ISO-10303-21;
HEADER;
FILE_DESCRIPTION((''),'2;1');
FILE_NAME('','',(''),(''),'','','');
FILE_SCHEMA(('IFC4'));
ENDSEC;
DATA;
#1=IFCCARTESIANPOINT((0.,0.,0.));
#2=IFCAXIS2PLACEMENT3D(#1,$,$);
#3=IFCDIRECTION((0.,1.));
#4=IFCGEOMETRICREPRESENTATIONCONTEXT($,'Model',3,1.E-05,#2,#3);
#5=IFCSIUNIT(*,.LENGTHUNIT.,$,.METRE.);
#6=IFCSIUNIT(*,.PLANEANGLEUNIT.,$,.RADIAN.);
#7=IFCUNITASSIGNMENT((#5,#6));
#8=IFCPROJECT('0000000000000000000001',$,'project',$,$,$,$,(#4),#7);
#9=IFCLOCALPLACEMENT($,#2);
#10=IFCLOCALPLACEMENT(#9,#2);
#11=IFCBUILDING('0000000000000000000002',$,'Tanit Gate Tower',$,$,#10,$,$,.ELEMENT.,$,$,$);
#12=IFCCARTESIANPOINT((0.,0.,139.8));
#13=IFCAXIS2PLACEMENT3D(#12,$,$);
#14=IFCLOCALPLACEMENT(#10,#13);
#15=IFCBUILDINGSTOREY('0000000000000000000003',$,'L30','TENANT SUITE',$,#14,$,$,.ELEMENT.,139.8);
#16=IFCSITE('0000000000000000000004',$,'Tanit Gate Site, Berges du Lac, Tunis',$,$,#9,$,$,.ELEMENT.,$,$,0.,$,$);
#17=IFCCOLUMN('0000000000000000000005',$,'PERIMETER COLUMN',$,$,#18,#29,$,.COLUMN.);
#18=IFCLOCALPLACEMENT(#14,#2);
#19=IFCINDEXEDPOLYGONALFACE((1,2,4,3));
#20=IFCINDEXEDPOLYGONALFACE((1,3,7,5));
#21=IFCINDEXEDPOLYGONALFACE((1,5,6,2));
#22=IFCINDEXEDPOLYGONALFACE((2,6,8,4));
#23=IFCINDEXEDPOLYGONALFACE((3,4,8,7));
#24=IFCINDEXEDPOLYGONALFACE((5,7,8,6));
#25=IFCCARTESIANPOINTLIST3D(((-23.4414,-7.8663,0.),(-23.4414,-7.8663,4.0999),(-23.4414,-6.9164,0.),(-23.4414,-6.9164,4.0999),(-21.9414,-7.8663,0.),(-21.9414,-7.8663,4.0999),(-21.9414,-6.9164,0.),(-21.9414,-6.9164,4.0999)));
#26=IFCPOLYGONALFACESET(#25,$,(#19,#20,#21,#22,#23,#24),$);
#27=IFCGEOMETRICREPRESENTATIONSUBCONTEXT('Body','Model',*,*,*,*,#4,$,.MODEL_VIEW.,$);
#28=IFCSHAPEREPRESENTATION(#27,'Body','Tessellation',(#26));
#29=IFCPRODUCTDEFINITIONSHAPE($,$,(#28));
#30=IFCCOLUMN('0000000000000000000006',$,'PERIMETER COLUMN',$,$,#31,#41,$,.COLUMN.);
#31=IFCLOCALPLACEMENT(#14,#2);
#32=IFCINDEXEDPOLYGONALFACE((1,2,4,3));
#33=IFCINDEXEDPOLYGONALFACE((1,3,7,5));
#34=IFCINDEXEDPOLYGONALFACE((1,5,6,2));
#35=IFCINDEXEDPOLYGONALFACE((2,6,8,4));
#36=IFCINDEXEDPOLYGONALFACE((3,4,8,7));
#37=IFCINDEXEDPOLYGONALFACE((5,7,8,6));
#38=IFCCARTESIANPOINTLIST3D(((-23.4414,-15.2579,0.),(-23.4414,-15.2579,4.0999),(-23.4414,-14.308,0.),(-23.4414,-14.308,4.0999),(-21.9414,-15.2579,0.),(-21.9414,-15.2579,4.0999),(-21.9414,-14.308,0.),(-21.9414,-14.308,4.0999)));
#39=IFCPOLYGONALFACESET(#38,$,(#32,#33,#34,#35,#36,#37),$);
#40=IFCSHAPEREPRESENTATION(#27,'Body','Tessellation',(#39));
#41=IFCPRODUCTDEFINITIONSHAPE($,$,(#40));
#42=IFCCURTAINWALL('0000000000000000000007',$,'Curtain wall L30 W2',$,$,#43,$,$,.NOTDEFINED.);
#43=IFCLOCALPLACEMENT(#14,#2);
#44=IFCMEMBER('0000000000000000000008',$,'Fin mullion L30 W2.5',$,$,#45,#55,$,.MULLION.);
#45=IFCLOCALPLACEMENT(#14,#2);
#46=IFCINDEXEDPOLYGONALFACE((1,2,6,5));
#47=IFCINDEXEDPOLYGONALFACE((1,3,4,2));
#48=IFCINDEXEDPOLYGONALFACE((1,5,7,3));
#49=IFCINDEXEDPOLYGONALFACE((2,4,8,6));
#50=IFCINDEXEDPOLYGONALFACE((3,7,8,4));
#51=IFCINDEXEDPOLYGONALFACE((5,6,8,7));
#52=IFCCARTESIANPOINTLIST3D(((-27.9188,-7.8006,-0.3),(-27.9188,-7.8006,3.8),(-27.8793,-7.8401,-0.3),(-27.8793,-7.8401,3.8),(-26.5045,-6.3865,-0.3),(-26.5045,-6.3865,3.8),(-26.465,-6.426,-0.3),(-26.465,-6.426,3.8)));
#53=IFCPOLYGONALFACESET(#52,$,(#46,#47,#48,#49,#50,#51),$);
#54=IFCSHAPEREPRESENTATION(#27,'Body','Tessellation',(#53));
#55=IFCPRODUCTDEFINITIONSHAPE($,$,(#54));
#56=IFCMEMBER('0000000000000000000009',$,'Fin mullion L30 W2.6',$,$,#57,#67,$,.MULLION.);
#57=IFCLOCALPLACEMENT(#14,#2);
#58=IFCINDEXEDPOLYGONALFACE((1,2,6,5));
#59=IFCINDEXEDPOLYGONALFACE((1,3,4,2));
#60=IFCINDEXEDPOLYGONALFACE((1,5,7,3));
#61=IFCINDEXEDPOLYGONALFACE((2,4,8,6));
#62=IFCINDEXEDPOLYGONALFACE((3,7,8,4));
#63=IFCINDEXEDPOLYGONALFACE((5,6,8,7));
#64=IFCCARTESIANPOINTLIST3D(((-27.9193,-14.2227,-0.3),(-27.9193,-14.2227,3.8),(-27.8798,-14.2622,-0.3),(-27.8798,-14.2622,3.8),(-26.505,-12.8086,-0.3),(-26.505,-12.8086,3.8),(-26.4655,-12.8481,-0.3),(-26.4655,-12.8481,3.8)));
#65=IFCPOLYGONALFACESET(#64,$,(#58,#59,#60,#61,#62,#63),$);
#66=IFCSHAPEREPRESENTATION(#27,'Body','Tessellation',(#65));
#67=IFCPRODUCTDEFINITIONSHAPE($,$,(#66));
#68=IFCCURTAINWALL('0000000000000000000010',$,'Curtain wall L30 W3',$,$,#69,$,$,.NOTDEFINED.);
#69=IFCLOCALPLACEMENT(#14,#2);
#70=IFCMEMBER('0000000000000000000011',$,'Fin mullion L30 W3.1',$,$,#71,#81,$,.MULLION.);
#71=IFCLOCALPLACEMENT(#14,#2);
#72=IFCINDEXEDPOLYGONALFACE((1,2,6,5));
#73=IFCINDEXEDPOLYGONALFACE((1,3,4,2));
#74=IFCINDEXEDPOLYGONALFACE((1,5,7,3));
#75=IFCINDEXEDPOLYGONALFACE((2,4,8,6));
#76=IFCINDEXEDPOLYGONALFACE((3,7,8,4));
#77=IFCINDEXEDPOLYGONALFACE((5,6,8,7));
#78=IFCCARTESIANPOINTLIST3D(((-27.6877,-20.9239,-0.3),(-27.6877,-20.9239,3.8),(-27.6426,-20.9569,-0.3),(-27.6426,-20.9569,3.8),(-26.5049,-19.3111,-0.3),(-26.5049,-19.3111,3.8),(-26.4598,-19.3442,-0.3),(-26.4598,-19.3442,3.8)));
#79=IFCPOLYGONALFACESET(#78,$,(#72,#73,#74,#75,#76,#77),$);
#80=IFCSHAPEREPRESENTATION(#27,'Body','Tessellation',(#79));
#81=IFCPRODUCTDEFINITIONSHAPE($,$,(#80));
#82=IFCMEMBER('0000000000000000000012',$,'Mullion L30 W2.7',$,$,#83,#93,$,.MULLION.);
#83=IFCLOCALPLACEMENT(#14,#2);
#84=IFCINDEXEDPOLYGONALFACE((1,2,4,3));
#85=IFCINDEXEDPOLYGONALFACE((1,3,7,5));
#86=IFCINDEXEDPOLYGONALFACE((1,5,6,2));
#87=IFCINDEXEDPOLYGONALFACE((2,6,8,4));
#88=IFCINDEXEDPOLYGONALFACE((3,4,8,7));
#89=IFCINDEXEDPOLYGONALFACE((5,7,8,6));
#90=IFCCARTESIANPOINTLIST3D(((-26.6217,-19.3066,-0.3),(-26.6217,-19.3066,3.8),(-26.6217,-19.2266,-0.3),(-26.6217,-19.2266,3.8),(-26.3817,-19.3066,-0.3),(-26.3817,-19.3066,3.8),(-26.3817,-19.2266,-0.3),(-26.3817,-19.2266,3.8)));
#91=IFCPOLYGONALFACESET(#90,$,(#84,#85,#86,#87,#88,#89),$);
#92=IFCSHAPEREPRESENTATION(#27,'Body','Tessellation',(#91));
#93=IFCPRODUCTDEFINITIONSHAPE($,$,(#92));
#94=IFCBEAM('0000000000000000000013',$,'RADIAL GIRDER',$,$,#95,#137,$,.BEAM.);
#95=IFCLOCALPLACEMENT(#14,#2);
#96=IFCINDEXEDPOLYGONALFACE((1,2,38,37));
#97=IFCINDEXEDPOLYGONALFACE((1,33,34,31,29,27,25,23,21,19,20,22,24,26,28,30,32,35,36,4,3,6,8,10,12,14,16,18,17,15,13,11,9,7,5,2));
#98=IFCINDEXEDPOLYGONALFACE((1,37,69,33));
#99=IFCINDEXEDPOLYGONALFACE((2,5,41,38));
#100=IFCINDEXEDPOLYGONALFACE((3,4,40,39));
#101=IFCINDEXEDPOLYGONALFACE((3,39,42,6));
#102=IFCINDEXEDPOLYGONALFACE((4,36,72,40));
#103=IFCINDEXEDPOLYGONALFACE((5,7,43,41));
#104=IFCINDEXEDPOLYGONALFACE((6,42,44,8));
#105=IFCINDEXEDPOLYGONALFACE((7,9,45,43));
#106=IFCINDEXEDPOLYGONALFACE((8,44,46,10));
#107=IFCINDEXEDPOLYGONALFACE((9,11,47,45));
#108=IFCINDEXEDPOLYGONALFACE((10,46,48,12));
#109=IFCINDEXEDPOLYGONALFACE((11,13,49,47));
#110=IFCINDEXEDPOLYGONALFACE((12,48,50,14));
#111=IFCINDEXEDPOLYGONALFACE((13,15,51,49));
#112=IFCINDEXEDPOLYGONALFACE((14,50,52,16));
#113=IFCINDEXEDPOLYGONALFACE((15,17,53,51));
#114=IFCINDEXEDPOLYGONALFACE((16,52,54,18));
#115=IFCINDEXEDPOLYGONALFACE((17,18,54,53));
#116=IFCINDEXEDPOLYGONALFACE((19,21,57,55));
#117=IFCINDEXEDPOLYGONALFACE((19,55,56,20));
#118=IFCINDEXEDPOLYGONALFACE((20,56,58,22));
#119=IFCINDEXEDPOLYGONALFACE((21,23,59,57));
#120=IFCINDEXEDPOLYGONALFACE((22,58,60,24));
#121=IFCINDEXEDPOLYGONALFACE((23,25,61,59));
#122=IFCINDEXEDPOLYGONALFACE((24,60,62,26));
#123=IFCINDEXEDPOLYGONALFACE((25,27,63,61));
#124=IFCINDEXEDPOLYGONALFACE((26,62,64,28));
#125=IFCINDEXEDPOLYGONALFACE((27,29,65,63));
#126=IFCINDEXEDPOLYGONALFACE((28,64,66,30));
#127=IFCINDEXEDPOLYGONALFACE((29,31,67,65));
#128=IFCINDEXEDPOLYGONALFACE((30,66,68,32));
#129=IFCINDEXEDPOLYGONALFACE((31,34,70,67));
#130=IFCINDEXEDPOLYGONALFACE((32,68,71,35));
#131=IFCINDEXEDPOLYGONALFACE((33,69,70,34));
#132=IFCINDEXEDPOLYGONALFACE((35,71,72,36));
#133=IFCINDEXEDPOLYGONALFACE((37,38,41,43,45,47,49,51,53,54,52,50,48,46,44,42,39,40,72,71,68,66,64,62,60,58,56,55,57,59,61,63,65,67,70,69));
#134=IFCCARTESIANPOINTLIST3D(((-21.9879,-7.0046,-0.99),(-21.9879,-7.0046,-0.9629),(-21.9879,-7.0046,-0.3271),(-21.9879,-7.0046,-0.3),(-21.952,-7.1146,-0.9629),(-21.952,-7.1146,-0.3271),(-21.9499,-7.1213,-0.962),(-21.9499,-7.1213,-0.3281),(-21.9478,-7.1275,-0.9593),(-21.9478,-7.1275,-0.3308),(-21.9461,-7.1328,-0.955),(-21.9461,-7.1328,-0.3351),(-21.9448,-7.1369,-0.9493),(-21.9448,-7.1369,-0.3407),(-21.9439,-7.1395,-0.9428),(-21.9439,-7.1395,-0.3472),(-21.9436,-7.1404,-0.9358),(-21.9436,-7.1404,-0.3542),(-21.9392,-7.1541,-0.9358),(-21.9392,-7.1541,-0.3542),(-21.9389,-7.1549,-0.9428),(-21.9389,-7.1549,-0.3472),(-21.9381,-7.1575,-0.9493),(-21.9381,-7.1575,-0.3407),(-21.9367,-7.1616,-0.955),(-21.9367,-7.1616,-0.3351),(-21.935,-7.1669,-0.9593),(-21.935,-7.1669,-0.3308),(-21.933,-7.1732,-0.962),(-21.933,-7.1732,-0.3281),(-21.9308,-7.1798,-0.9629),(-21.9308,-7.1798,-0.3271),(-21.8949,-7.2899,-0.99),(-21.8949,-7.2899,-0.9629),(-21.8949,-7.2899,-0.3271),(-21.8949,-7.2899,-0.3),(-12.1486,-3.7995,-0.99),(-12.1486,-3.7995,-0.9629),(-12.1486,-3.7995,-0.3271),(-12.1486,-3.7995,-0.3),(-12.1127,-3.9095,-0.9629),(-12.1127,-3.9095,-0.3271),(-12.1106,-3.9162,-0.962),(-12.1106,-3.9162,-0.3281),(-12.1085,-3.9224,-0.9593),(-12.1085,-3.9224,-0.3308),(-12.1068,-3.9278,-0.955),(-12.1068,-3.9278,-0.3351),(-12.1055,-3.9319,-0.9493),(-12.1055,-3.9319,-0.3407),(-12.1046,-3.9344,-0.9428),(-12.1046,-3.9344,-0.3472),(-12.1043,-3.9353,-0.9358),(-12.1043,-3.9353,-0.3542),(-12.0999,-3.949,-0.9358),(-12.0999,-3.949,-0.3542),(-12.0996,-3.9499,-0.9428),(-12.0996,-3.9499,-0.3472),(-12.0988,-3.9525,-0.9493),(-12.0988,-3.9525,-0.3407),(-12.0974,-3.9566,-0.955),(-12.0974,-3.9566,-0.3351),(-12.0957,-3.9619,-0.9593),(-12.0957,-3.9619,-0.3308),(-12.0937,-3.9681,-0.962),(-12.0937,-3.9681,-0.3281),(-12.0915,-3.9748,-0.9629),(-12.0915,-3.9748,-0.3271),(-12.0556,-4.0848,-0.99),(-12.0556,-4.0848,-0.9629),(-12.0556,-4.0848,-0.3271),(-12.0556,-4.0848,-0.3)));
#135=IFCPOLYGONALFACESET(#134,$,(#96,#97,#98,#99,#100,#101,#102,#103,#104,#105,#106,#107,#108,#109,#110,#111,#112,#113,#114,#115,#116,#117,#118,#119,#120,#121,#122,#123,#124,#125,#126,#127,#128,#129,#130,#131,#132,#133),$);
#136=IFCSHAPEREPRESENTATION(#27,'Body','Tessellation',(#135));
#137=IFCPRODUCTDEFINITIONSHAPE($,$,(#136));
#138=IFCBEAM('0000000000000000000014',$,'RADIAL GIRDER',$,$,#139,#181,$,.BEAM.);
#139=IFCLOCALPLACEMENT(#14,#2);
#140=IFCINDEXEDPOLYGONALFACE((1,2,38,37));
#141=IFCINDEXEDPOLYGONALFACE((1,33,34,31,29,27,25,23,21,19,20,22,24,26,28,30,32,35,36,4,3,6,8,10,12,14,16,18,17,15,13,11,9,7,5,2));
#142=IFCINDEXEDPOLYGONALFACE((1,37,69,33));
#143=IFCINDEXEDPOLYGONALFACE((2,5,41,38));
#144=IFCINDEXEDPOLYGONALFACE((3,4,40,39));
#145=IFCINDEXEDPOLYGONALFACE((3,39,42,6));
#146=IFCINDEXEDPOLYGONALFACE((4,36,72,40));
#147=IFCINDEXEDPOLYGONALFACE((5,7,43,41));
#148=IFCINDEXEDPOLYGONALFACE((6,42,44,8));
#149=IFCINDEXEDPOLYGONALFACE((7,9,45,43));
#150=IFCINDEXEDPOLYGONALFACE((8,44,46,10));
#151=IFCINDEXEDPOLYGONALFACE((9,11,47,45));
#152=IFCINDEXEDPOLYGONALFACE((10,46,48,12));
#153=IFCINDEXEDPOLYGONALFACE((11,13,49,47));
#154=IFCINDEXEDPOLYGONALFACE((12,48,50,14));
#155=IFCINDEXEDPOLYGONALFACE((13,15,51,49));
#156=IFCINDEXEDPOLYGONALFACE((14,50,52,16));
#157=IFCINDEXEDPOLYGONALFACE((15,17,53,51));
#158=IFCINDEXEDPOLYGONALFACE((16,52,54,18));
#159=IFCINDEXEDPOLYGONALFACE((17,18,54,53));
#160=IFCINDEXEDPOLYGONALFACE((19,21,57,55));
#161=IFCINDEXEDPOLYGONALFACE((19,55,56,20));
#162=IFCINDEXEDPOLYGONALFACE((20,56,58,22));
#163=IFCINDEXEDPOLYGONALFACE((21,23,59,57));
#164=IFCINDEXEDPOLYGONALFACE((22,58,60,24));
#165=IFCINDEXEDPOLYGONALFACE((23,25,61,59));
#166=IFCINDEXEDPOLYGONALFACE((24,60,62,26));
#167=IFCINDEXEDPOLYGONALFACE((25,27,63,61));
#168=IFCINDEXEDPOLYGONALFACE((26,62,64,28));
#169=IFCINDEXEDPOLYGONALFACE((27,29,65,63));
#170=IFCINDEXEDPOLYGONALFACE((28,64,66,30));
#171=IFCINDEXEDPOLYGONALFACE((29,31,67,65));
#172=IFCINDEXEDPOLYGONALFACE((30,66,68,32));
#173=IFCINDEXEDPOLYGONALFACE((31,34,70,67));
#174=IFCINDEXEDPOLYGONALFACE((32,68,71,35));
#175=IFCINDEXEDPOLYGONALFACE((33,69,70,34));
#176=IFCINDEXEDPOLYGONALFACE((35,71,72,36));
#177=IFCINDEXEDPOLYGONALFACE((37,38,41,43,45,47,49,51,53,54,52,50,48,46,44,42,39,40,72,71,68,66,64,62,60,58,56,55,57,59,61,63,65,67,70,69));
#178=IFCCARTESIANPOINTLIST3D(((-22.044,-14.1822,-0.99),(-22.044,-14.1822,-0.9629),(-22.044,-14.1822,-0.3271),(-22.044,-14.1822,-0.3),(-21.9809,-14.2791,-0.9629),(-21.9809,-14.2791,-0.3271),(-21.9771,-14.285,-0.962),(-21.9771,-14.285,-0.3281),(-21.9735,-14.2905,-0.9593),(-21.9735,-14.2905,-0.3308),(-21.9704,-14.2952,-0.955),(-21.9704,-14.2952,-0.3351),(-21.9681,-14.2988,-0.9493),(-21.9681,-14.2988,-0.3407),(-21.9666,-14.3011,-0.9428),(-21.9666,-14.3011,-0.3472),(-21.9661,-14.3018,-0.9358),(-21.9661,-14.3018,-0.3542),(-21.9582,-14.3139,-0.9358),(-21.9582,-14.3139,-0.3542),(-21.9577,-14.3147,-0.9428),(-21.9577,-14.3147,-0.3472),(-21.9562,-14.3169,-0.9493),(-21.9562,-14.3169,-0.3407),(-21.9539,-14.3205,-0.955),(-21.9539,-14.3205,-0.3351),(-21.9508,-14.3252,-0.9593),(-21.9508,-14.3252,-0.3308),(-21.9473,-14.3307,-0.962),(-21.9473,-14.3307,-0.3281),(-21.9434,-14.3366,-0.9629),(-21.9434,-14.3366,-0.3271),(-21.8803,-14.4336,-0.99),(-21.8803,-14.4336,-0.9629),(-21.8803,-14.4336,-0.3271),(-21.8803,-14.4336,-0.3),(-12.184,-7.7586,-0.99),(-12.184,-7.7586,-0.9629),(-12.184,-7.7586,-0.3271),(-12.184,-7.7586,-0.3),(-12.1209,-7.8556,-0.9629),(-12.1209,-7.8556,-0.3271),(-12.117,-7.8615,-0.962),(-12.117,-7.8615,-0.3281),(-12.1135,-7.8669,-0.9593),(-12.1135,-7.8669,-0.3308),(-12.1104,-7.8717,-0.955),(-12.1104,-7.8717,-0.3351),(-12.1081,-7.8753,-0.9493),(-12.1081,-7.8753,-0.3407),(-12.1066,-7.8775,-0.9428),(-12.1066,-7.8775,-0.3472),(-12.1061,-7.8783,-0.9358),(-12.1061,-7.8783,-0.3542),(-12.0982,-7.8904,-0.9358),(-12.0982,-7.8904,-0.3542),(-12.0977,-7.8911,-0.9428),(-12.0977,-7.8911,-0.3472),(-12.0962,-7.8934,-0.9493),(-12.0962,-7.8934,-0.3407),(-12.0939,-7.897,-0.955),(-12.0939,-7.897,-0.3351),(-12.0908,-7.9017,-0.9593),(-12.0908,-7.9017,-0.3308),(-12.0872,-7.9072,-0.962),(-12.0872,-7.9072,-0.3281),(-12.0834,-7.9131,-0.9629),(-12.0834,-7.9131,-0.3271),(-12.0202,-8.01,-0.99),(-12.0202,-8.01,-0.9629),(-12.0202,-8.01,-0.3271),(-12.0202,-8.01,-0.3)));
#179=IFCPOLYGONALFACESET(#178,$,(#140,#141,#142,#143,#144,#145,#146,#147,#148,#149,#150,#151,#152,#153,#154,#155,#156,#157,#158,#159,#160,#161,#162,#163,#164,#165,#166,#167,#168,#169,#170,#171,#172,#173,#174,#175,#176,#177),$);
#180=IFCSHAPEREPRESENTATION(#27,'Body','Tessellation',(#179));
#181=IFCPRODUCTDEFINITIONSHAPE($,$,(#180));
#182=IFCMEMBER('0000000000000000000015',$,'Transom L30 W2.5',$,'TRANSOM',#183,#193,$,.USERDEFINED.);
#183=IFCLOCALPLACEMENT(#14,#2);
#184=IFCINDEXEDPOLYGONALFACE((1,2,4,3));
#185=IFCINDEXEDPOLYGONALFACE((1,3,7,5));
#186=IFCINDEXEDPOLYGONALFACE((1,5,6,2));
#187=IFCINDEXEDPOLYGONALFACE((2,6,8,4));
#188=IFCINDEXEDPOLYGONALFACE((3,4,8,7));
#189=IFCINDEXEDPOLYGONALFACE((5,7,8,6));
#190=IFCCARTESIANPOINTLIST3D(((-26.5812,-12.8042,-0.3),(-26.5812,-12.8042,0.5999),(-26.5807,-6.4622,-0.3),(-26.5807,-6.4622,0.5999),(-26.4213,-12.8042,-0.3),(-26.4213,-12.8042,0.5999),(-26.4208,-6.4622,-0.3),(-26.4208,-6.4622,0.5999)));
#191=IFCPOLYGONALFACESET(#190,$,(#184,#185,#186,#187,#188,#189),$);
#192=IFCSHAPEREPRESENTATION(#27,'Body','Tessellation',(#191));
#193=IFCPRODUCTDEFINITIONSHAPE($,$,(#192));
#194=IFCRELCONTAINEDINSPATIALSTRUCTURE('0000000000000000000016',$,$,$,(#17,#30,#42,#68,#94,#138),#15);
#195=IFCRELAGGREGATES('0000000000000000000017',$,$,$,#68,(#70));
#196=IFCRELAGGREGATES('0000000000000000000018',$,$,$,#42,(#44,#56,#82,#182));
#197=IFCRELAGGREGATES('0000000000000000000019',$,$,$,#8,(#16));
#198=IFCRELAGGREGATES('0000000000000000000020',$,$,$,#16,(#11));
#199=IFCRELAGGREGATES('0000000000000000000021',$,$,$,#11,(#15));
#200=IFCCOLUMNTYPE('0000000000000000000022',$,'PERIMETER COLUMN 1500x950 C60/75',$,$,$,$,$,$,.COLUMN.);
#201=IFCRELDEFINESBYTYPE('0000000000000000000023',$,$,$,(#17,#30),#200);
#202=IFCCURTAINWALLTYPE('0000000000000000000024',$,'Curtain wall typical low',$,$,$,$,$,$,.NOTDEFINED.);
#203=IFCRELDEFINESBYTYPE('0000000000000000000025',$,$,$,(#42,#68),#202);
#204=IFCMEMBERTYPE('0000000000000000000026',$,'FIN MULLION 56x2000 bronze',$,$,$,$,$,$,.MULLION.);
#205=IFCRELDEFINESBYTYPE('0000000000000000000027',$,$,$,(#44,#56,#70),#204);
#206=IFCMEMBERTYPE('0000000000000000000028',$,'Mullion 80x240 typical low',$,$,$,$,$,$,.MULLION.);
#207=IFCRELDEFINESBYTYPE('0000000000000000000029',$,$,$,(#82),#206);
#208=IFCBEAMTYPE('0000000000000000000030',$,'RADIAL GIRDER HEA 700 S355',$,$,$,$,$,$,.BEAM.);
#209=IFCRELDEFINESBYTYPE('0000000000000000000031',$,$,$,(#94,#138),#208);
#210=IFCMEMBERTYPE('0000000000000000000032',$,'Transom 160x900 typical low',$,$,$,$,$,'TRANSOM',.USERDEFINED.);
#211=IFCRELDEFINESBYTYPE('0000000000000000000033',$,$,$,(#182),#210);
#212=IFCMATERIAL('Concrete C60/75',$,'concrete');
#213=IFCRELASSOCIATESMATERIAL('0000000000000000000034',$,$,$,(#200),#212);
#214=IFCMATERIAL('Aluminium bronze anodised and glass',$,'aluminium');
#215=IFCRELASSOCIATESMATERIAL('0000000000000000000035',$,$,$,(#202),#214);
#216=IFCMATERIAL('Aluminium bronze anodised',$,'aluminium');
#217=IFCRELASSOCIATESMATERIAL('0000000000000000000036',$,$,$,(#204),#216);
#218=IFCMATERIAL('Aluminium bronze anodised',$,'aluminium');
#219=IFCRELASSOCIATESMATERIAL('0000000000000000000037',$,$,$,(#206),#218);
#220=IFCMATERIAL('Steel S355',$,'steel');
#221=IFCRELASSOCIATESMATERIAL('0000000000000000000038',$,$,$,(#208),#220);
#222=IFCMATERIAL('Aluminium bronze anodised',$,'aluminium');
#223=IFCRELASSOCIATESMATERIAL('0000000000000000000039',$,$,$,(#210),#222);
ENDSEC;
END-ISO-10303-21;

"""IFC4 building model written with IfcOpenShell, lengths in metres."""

from ifc_helpers import new_model, si_unit, direction, frame, origin, origin_2d, place, context, subcontext, project, spatial, rectangle, i_section, extrude, material, material_profile, profile_set, type_object, element, aggregate, save


model = new_model("IFC4")

# Units and contexts
model_context = context("Model", 3, precision=1e-05, world=origin(), true_north=direction((0.0, 1.0)))
body_context = subcontext(model_context, "Body", "Model", "MODEL_VIEW")
ifc_project = project(units=[si_unit("LENGTHUNIT", "METRE"), si_unit("PLANEANGLEUNIT", "RADIAN")], contexts=[model_context])

# Site, building, storey
site_placement = place(None, origin())
site = spatial("IfcSite", under=ifc_project, at=site_placement, Name="Tanit Gate Site, Berges du Lac, Tunis", CompositionType="ELEMENT", RefElevation=0.0)
building_placement = place(site_placement, origin())
building = spatial("IfcBuilding", under=site, at=building_placement, Name="Tanit Gate Tower", CompositionType="ELEMENT")
storey_placement = place(building_placement, frame((0.0, 0.0, 139.8)))
storey = spatial("IfcBuildingStorey", under=building, at=storey_placement, Name="L30", Description="TENANT SUITE", CompositionType="ELEMENT", Elevation=139.8)

# Columns
ifc_material_1 = material(Name="Concrete C60/75", Category="concrete")
ifc_material_profile_1 = material_profile(ifc_material_1, rectangle(XDim=1.5, YDim=0.95, at=origin_2d()), Name="RC 1500x950")
ifc_profile_set_1 = profile_set([ifc_material_profile_1], Name="Concrete C60/75")
column_type = type_object("IfcColumnType", Name="PERIMETER COLUMN 1500x950 C60/75", PredefinedType="COLUMN", material=ifc_profile_set_1)
for number, where, z_axis, x_axis, name in (
    (1, (-22.6914, -7.3914, 0.0), (0.0, 0.0, 1.0), (-1.0, 0.0, 0.0), "PERIMETER COLUMN"),
    (2, (-22.6914, -14.783, 0.0), (0.0, 0.0, 1.0), (-1.0, 0.0, 0.0), "PERIMETER COLUMN"),
):
    element("IfcColumn", number, at=place(storey_placement, frame(where, z_axis=z_axis, x_axis=x_axis)), inside=storey, type_object=column_type, Name=name, PredefinedType="COLUMN", context=body_context, shape_type="SweptSolid", body=[
        extrude(rectangle(XDim=1.5, YDim=0.95, at=origin_2d()), origin(), (0.0, 0.0, 1.0), 4.0999),
    ])

# Curtain wall, members
ifc_material_2 = material(Name="Aluminium bronze anodised and glass", Category="aluminium")
curtain_wall_type = type_object("IfcCurtainWallType", Name="Curtain wall typical low", PredefinedType="NOTDEFINED", material=ifc_material_2)
curtain_wall_1_placement = place(storey_placement, origin())
curtain_wall_1 = element("IfcCurtainWall", 3, at=curtain_wall_1_placement, inside=storey, type_object=curtain_wall_type, Name="Curtain wall L30 W2", PredefinedType="NOTDEFINED")
ifc_material_3 = material(Name="Aluminium bronze anodised", Category="aluminium")
ifc_material_profile_2 = material_profile(ifc_material_3, rectangle(XDim=2.0, YDim=0.0559, at=origin_2d()), Name="56x2000 bronze fin mullion")
ifc_profile_set_2 = profile_set([ifc_material_profile_2], Name="Aluminium bronze anodised")
member_type_1 = type_object("IfcMemberType", Name="FIN MULLION 56x2000 bronze", PredefinedType="MULLION", material=ifc_profile_set_2)
member_1_placement = place(storey_placement, frame((-27.1919, -7.1133, -0.3), z_axis=(0.0, 0.0, 1.0), x_axis=(0.707156, 0.707058, 0.0)))
member_1 = element("IfcMember", 4, at=member_1_placement, type_object=member_type_1, Name="Fin mullion L30 W2.5", PredefinedType="MULLION", context=body_context, shape_type="SweptSolid", body=[
    extrude(rectangle(XDim=2.0, YDim=0.0559, at=origin_2d()), origin(), (0.0, 0.0, 1.0), 4.1001),
])
member_2_placement = place(storey_placement, frame((-27.1924, -13.5354, -0.3), z_axis=(0.0, 0.0, 1.0), x_axis=(0.707156, 0.707058, 0.0)))
member_2 = element("IfcMember", 5, at=member_2_placement, type_object=member_type_1, Name="Fin mullion L30 W2.6", PredefinedType="MULLION", context=body_context, shape_type="SweptSolid", body=[
    extrude(rectangle(XDim=2.0, YDim=0.0559, at=origin_2d()), origin(), (0.0, 0.0, 1.0), 4.1001),
])

# Curtain wall, member
curtain_wall_2_placement = place(storey_placement, origin())
curtain_wall_2 = element("IfcCurtainWall", 6, at=curtain_wall_2_placement, inside=storey, type_object=curtain_wall_type, Name="Curtain wall L30 W3", PredefinedType="NOTDEFINED")
member_3_placement = place(storey_placement, frame((-27.0737, -20.134, -0.3), z_axis=(0.0, 0.0, 1.0), x_axis=(0.591404, 0.806375, 0.0)))
member_3 = element("IfcMember", 7, at=member_3_placement, type_object=member_type_1, Name="Fin mullion L30 W3.1", PredefinedType="MULLION", context=body_context, shape_type="SweptSolid", body=[
    extrude(rectangle(XDim=2.0, YDim=0.0559, at=origin_2d()), origin(), (0.0, 0.0, 1.0), 4.1001),
])

# Member
ifc_material_4 = material(Name="Aluminium bronze anodised", Category="aluminium")
ifc_material_profile_3 = material_profile(ifc_material_4, rectangle(XDim=0.24, YDim=0.0801, at=origin_2d()), Name="80x240 bronze mullion")
ifc_profile_set_3 = profile_set([ifc_material_profile_3], Name="Aluminium bronze anodised")
member_type_2 = type_object("IfcMemberType", Name="Mullion 80x240 typical low", PredefinedType="MULLION", material=ifc_profile_set_3)
member_4_placement = place(storey_placement, frame((-26.5017, -19.2666, -0.3), z_axis=(0.0, 0.0, 1.0), x_axis=(1.0, -0.000069, 0.0)))
member_4 = element("IfcMember", 8, at=member_4_placement, type_object=member_type_2, Name="Mullion L30 W2.7", PredefinedType="MULLION", context=body_context, shape_type="SweptSolid", body=[
    extrude(rectangle(XDim=0.24, YDim=0.0801, at=origin_2d()), origin(), (0.0, 0.0, 1.0), 4.1001),
])

# Beams
ifc_material_5 = material(Name="Steel S355", Category="steel")
ifc_material_profile_4 = material_profile(ifc_material_5, i_section(OverallWidth=0.3, OverallDepth=0.6899, WebThickness=0.0144, FlangeThickness=0.0271, FilletRadius=0.0271, at=origin_2d()), Name="HEA 700")
ifc_profile_set_4 = profile_set([ifc_material_profile_4], Name="Steel S355")
beam_type = type_object("IfcBeamType", Name="RADIAL GIRDER HEA 700 S355", PredefinedType="BEAM", material=ifc_profile_set_4)
beam_1_placement = place(storey_placement, frame((-21.9414, -7.1472, -0.645), z_axis=(0.950827, 0.309723, 0.0), x_axis=(-0.309723, 0.950827, 0.0)))
element("IfcBeam", 9, at=beam_1_placement, inside=storey, type_object=beam_type, Name="RADIAL GIRDER", PredefinedType="BEAM", context=body_context, shape_type="SweptSolid", body=[
    extrude(i_section(OverallWidth=0.3, OverallDepth=0.6899, WebThickness=0.0144, FlangeThickness=0.0271, FilletRadius=0.0271, at=origin_2d()), origin(), (0.0, 0.0, 1.0), 10.3481),
])
beam_2_placement = place(storey_placement, frame((-21.9622, -14.3079, -0.645), z_axis=(0.83788, 0.545855, 0.0), x_axis=(-0.545855, 0.83788, 0.0)))
element("IfcBeam", 10, at=beam_2_placement, inside=storey, type_object=beam_type, Name="RADIAL GIRDER", PredefinedType="BEAM", context=body_context, shape_type="SweptSolid", body=[
    extrude(i_section(OverallWidth=0.3, OverallDepth=0.6899, WebThickness=0.0144, FlangeThickness=0.0271, FilletRadius=0.0271, at=origin_2d()), origin(), (0.0, 0.0, 1.0), 11.7678),
])

# Member
ifc_material_6 = material(Name="Aluminium bronze anodised", Category="aluminium")
ifc_material_profile_5 = material_profile(ifc_material_6, rectangle(XDim=0.1599, YDim=0.8999, at=origin_2d()), Name="160x900 bronze transom")
ifc_profile_set_5 = profile_set([ifc_material_profile_5], Name="Aluminium bronze anodised")
member_type_3 = type_object("IfcMemberType", Name="Transom 160x900 typical low", ElementType="TRANSOM", PredefinedType="USERDEFINED", material=ifc_profile_set_5)
member_5_placement = place(storey_placement, frame((-26.5007, -6.4622, 0.1499), z_axis=(-0.000077, -1.0, 0.0), x_axis=(1.0, -0.000077, 0.0)))
member_5 = element("IfcMember", 11, at=member_5_placement, type_object=member_type_3, Name="Transom L30 W2.5", ObjectType="TRANSOM", PredefinedType="USERDEFINED", context=body_context, shape_type="SweptSolid", body=[
    extrude(rectangle(XDim=0.1599, YDim=0.8999, at=origin_2d()), origin(), (0.0, 0.0, 1.0), 6.342),
])
aggregate(curtain_wall_2, [member_3])

aggregate(curtain_wall_1, [member_1, member_2, member_4, member_5])

save(model, "model.ifc")
